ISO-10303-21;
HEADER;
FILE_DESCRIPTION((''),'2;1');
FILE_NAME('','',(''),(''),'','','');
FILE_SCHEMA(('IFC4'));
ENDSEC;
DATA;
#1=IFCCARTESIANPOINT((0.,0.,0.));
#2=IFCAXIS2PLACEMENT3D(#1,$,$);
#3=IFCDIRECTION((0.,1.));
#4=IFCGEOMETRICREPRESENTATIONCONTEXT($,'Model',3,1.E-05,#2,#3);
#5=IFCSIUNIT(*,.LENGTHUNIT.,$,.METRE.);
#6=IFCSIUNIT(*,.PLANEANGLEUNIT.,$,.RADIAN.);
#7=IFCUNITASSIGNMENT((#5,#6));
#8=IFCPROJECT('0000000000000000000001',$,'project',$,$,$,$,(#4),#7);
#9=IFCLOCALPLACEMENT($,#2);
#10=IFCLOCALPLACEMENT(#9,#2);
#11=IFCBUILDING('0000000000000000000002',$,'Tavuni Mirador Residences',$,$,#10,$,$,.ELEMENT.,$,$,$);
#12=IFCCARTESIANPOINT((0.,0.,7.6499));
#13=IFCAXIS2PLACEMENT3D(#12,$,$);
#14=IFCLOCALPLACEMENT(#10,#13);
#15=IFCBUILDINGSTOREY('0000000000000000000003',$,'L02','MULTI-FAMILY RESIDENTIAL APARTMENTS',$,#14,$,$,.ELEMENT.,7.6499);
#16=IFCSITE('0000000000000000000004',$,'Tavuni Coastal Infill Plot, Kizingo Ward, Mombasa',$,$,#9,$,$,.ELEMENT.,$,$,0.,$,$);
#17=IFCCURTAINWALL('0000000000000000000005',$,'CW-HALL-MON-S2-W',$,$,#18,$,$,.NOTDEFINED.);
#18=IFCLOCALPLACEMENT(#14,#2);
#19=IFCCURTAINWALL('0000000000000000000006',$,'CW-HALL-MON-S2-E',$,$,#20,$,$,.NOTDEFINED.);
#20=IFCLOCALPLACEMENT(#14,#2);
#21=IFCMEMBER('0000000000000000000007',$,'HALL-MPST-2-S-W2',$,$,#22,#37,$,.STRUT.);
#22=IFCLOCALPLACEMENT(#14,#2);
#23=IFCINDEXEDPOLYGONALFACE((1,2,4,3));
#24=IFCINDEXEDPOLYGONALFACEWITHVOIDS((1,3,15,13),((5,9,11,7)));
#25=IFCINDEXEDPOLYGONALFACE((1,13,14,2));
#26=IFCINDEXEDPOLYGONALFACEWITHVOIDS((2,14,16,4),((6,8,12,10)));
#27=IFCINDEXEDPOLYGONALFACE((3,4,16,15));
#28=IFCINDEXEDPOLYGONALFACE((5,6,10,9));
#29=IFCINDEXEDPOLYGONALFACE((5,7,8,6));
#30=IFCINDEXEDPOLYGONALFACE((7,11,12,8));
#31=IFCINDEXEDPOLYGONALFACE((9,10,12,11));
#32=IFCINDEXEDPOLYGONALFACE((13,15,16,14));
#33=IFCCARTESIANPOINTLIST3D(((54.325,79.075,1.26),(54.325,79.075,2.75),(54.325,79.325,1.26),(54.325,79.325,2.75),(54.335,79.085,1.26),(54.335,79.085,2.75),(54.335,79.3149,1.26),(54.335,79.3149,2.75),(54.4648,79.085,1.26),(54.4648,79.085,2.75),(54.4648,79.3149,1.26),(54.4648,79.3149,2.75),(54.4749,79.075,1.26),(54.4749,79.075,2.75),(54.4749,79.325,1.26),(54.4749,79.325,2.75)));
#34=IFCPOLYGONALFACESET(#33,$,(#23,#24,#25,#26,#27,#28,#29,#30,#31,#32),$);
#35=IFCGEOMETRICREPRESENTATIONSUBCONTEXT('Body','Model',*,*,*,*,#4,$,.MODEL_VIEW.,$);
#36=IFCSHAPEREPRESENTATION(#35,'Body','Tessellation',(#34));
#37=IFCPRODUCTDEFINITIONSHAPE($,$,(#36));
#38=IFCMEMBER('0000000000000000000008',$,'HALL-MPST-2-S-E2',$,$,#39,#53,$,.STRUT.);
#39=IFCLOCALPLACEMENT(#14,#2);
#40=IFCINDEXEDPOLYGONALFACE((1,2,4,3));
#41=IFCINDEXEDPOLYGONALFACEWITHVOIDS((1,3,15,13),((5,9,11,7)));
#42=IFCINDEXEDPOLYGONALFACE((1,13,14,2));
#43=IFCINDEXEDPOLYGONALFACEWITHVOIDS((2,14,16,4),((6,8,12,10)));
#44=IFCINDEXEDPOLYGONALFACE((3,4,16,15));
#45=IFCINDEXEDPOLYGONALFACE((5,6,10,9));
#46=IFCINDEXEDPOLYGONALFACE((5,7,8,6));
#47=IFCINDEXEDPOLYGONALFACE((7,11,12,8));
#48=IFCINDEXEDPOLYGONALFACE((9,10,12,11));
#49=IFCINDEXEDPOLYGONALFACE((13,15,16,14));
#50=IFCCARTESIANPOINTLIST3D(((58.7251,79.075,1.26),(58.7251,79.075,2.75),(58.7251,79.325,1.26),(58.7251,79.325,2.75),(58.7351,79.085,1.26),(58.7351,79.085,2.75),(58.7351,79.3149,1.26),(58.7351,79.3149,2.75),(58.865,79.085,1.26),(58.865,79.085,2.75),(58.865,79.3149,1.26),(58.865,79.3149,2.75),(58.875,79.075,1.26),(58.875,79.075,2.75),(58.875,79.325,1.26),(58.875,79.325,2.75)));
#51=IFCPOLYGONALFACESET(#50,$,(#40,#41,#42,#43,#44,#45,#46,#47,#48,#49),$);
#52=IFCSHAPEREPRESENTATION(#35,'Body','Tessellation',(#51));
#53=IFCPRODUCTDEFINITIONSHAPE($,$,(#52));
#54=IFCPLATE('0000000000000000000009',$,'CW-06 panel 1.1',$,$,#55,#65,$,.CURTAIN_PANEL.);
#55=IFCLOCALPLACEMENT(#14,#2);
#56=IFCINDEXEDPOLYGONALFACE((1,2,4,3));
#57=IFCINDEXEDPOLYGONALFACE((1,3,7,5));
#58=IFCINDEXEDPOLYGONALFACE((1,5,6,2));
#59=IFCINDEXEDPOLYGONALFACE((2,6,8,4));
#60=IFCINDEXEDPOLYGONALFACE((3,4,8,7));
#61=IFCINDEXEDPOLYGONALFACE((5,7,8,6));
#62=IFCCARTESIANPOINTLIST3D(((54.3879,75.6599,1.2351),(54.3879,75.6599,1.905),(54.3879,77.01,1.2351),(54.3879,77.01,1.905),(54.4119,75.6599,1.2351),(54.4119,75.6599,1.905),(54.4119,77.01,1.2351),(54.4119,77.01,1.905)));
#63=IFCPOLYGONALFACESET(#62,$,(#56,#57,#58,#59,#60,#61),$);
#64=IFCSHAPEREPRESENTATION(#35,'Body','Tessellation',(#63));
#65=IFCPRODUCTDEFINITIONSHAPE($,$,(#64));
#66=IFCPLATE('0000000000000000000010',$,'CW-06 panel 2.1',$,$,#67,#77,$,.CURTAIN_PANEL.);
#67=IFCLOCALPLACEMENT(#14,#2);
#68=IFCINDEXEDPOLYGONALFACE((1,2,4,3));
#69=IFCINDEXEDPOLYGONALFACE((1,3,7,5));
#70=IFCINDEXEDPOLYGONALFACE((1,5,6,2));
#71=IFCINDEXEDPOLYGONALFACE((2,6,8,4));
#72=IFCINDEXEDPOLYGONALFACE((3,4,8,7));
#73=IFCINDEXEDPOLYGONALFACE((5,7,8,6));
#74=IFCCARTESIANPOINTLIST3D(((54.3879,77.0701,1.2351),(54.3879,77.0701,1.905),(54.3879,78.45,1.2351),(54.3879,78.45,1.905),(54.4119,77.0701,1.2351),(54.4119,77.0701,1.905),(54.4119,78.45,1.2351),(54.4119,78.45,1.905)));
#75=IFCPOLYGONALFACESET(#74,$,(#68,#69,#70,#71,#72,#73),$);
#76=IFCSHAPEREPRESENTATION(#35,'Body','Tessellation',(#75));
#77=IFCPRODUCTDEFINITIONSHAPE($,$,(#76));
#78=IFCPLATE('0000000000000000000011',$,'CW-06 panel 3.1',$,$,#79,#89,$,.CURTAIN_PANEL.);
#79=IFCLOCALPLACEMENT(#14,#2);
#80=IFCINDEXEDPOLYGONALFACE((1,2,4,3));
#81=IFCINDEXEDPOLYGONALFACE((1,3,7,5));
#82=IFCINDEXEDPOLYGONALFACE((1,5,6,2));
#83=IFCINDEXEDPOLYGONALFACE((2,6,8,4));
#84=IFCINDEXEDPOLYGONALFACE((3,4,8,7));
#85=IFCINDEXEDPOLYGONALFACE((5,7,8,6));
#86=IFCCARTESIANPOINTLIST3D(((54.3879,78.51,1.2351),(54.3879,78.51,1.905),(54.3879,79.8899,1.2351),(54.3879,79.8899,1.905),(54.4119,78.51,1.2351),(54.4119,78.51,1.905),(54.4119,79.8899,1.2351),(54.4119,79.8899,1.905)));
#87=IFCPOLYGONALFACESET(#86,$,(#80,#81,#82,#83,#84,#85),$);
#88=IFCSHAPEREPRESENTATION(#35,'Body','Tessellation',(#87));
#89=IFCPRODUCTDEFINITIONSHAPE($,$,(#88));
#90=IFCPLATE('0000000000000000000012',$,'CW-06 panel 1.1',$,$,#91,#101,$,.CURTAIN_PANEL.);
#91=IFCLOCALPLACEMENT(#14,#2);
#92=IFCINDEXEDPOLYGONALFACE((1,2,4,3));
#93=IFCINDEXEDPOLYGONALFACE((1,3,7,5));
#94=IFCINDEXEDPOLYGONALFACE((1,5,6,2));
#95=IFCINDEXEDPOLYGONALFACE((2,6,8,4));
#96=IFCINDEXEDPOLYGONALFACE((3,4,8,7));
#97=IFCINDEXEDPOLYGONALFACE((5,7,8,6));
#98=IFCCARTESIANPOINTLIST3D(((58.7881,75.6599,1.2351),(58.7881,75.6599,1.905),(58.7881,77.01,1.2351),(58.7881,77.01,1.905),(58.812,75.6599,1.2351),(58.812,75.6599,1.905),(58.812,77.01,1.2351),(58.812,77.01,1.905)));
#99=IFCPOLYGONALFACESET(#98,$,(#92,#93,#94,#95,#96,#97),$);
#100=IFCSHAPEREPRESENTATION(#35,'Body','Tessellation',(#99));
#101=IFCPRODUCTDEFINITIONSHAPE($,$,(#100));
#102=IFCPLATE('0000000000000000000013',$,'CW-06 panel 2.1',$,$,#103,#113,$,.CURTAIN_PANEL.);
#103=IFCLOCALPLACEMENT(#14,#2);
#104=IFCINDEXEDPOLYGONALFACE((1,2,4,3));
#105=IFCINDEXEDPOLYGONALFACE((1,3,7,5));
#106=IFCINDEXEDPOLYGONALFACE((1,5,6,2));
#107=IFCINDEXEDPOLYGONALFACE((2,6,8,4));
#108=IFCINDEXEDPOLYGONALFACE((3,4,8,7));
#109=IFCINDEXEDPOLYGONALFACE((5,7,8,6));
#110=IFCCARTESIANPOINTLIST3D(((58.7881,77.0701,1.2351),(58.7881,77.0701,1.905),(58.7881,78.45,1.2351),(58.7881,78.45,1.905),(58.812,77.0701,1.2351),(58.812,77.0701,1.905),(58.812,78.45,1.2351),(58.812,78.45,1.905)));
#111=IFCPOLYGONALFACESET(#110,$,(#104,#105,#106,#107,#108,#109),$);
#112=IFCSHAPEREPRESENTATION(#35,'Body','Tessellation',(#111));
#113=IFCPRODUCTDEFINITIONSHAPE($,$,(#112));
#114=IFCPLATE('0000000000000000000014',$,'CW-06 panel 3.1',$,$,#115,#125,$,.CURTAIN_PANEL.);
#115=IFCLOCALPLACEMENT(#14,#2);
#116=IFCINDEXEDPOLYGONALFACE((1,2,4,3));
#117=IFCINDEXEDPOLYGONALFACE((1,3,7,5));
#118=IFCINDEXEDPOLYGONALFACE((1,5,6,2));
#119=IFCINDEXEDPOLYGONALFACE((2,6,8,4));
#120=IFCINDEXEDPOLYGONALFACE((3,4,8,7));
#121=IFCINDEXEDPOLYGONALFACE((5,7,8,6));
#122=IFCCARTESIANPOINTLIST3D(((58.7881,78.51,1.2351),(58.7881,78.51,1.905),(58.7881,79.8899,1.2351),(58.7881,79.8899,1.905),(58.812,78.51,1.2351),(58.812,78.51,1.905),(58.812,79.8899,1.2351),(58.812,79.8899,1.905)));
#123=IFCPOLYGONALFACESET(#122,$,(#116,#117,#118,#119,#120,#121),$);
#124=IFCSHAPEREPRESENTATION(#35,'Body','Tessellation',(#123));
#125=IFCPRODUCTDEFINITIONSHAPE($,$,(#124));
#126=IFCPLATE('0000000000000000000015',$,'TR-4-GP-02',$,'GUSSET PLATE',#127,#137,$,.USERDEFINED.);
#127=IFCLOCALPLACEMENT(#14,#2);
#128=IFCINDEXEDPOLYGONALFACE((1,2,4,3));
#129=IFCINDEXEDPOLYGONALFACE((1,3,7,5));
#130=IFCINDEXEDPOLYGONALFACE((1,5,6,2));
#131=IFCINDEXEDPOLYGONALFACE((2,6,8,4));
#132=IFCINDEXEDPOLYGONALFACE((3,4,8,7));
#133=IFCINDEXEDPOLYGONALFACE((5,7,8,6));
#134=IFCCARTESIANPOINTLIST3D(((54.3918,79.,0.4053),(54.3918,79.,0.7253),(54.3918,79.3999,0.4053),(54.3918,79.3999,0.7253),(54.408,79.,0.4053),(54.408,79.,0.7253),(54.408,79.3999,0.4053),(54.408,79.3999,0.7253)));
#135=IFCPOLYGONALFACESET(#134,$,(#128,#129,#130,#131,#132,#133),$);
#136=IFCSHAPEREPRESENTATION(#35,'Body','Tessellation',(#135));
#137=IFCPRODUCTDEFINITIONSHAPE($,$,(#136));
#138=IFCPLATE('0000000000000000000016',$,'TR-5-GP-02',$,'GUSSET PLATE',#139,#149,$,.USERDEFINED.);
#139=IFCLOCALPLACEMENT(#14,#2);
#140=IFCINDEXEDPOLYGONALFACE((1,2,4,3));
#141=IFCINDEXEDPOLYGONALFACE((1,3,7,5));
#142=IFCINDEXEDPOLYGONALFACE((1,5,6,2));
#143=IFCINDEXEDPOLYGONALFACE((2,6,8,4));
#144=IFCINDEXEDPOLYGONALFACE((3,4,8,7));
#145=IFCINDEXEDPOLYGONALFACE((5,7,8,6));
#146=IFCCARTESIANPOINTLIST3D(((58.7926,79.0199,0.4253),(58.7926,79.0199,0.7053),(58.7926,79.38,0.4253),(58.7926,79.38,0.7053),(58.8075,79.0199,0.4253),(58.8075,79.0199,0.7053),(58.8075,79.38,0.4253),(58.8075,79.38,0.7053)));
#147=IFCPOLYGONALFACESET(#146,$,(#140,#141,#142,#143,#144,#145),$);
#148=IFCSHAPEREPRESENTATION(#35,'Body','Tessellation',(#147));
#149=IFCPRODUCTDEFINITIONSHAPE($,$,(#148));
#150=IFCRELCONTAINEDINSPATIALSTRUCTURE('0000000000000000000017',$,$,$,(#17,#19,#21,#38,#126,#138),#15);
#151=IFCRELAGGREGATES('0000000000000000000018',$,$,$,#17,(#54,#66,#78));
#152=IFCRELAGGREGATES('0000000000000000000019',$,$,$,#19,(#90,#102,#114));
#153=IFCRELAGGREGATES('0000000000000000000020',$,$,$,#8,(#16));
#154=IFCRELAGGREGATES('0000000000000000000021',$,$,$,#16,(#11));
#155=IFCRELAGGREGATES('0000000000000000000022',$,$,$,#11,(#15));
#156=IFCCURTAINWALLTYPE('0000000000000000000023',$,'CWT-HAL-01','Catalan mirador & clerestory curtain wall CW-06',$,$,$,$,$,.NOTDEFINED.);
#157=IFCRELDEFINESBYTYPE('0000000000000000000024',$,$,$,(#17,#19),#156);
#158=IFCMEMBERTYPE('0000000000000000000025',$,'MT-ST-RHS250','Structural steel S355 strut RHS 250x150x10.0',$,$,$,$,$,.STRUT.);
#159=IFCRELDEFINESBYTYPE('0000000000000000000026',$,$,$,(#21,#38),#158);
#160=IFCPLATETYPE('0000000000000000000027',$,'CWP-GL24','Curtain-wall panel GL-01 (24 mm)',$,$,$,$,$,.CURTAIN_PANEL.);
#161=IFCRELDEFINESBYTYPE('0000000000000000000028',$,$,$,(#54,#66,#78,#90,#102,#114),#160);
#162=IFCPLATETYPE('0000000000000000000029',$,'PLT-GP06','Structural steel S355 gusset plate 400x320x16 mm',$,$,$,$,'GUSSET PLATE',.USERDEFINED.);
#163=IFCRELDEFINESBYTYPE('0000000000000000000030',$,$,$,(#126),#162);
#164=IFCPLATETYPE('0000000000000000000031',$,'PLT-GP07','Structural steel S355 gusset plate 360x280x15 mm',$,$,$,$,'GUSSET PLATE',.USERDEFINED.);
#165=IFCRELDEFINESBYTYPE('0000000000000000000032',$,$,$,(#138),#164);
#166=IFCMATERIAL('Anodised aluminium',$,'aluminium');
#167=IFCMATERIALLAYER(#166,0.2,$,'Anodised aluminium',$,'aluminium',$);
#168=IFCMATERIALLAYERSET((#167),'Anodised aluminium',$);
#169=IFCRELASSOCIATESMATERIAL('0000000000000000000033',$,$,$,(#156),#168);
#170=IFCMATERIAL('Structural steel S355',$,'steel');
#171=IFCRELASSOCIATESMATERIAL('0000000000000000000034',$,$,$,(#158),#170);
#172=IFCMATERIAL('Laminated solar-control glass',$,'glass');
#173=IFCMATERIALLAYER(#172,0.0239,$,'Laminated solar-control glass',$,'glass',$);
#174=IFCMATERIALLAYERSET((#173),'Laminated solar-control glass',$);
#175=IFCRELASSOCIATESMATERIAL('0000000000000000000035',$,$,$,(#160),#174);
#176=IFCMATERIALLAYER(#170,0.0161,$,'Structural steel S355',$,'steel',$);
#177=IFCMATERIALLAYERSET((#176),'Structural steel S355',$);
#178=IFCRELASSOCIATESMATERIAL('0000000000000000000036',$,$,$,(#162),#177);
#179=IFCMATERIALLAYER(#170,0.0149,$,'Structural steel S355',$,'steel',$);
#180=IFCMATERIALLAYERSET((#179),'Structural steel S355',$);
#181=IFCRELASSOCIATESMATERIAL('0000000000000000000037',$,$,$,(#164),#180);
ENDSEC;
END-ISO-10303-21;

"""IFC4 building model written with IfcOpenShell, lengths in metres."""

from ifc_helpers import new_model, si_unit, direction, frame, origin, origin_2d, place, context, subcontext, project, spatial, rectangle, hollow_rectangle, extrude, material, layer, layer_set, material_profile, profile_set, type_object, element, aggregate, save


model = new_model("IFC4")

# Units and contexts
model_context = context("Model", 3, precision=1e-05, world=origin(), true_north=direction((0.0, 1.0)))
body_context = subcontext(model_context, "Body", "Model", "MODEL_VIEW")
ifc_project = project(units=[si_unit("LENGTHUNIT", "METRE"), si_unit("PLANEANGLEUNIT", "RADIAN")], contexts=[model_context])

# Site, building, storey
site_placement = place(None, origin())
site = spatial("IfcSite", under=ifc_project, at=site_placement, Name="Tavuni Coastal Infill Plot, Kizingo Ward, Mombasa", CompositionType="ELEMENT", RefElevation=0.0)
building_placement = place(site_placement, origin())
building = spatial("IfcBuilding", under=site, at=building_placement, Name="Tavuni Mirador Residences", CompositionType="ELEMENT")
storey_placement = place(building_placement, frame((0.0, 0.0, 7.6499)))
storey = spatial("IfcBuildingStorey", under=building, at=storey_placement, Name="L02", Description="MULTI-FAMILY RESIDENTIAL APARTMENTS", CompositionType="ELEMENT", Elevation=7.6499)

# Curtain walls
ifc_material_1 = material(Name="Anodised aluminium", Category="aluminium")
ifc_layer_1 = layer(ifc_material_1, 0.2, Name="Anodised aluminium", Category="aluminium")
ifc_layer_set_1 = layer_set([ifc_layer_1], Name="Anodised aluminium")
curtain_wall_type = type_object("IfcCurtainWallType", Name="CWT-HAL-01", Description="Catalan mirador & clerestory curtain wall CW-06", PredefinedType="NOTDEFINED", material=ifc_layer_set_1)
curtain_wall_1_placement = place(storey_placement, origin())
curtain_wall_1 = element("IfcCurtainWall", 1, at=curtain_wall_1_placement, inside=storey, type_object=curtain_wall_type, Name="CW-HALL-MON-S2-W", PredefinedType="NOTDEFINED")
curtain_wall_2_placement = place(storey_placement, origin())
curtain_wall_2 = element("IfcCurtainWall", 2, at=curtain_wall_2_placement, inside=storey, type_object=curtain_wall_type, Name="CW-HALL-MON-S2-E", PredefinedType="NOTDEFINED")

# Members
ifc_material_2 = material(Name="Structural steel S355", Category="steel")
ifc_material_profile_1 = material_profile(ifc_material_2, hollow_rectangle(XDim=0.1499, YDim=0.25, WallThickness=0.01, at=origin_2d()), Name="RHS 250x150x10.0", Category="steel")
ifc_profile_set_1 = profile_set([ifc_material_profile_1], Name="Structural steel S355")
member_type_1 = type_object("IfcMemberType", Name="MT-ST-RHS250", Description="Structural steel S355 strut RHS 250x150x10.0", PredefinedType="STRUT", material=ifc_profile_set_1)
for number, where, z_axis, x_axis, name in (
    (3, (54.3999, 79.2, 1.26), (0.0, 0.0, 1.0), (1.0, 0.0, 0.0), "HALL-MPST-2-S-W2"),
    (4, (58.8, 79.2, 1.26), (0.0, 0.0, 1.0), (1.0, 0.0, 0.0), "HALL-MPST-2-S-E2"),
):
    element("IfcMember", number, at=place(storey_placement, frame(where, z_axis=z_axis, x_axis=x_axis)), inside=storey, type_object=member_type_1, Name=name, PredefinedType="STRUT", context=body_context, shape_type="SweptSolid", body=[
        extrude(hollow_rectangle(XDim=0.1499, YDim=0.25, WallThickness=0.01, at=origin_2d()), origin(), (0.0, 0.0, 1.0), 1.49),
    ])

# Plates
ifc_material_3 = material(Name="Laminated solar-control glass", Category="glass")
ifc_layer_2 = layer(ifc_material_3, 0.0239, Name="Laminated solar-control glass", Category="glass")
ifc_layer_set_2 = layer_set([ifc_layer_2], Name="Laminated solar-control glass")
plate_type_1 = type_object("IfcPlateType", Name="CWP-GL24", Description="Curtain-wall panel GL-01 (24 mm)", PredefinedType="CURTAIN_PANEL", material=ifc_layer_set_2)
plate_1_placement = place(storey_placement, frame((54.3999, 76.335, 1.2351), z_axis=(0.0, 0.0, 1.0), x_axis=(0.0, 1.0, 0.0)))
plate_1 = element("IfcPlate", 5, at=plate_1_placement, type_object=plate_type_1, Name="CW-06 panel 1.1", PredefinedType="CURTAIN_PANEL", context=body_context, shape_type="SweptSolid", body=[
    extrude(rectangle(XDim=1.3501, YDim=0.0239, at=origin_2d()), origin(), (0.0, 0.0, 1.0), 0.6699),
])
plate_2_placement = place(storey_placement, frame((54.3999, 77.76, 1.2351), z_axis=(0.0, 0.0, 1.0), x_axis=(0.0, 1.0, 0.0)))
plate_2 = element("IfcPlate", 6, at=plate_2_placement, type_object=plate_type_1, Name="CW-06 panel 2.1", PredefinedType="CURTAIN_PANEL", context=body_context, shape_type="SweptSolid", body=[
    extrude(rectangle(XDim=1.3799, YDim=0.0239, at=origin_2d()), origin(), (0.0, 0.0, 1.0), 0.6699),
])
plate_3_placement = place(storey_placement, frame((54.3999, 79.2, 1.2351), z_axis=(0.0, 0.0, 1.0), x_axis=(0.0, 1.0, 0.0)))
plate_3 = element("IfcPlate", 7, at=plate_3_placement, type_object=plate_type_1, Name="CW-06 panel 3.1", PredefinedType="CURTAIN_PANEL", context=body_context, shape_type="SweptSolid", body=[
    extrude(rectangle(XDim=1.3799, YDim=0.0239, at=origin_2d()), origin(), (0.0, 0.0, 1.0), 0.6699),
])
aggregate(curtain_wall_1, [plate_1, plate_2, plate_3])
plate_4_placement = place(storey_placement, frame((58.8, 76.335, 1.2351), z_axis=(0.0, 0.0, 1.0), x_axis=(0.0, 1.0, 0.0)))
plate_4 = element("IfcPlate", 8, at=plate_4_placement, type_object=plate_type_1, Name="CW-06 panel 1.1", PredefinedType="CURTAIN_PANEL", context=body_context, shape_type="SweptSolid", body=[
    extrude(rectangle(XDim=1.3501, YDim=0.0239, at=origin_2d()), origin(), (0.0, 0.0, 1.0), 0.6699),
])
plate_5_placement = place(storey_placement, frame((58.8, 77.76, 1.2351), z_axis=(0.0, 0.0, 1.0), x_axis=(0.0, 1.0, 0.0)))
plate_5 = element("IfcPlate", 9, at=plate_5_placement, type_object=plate_type_1, Name="CW-06 panel 2.1", PredefinedType="CURTAIN_PANEL", context=body_context, shape_type="SweptSolid", body=[
    extrude(rectangle(XDim=1.3799, YDim=0.0239, at=origin_2d()), origin(), (0.0, 0.0, 1.0), 0.6699),
])
plate_6_placement = place(storey_placement, frame((58.8, 79.2, 1.2351), z_axis=(0.0, 0.0, 1.0), x_axis=(0.0, 1.0, 0.0)))
plate_6 = element("IfcPlate", 10, at=plate_6_placement, type_object=plate_type_1, Name="CW-06 panel 3.1", PredefinedType="CURTAIN_PANEL", context=body_context, shape_type="SweptSolid", body=[
    extrude(rectangle(XDim=1.3799, YDim=0.0239, at=origin_2d()), origin(), (0.0, 0.0, 1.0), 0.6699),
])
aggregate(curtain_wall_2, [plate_4, plate_5, plate_6])

# Plates
ifc_layer_3 = layer(ifc_material_2, 0.0161, Name="Structural steel S355", Category="steel")
ifc_layer_set_3 = layer_set([ifc_layer_3], Name="Structural steel S355")
plate_type_2 = type_object("IfcPlateType", Name="PLT-GP06", Description="Structural steel S355 gusset plate 400x320x16 mm", ElementType="GUSSET PLATE", PredefinedType="USERDEFINED", material=ifc_layer_set_3)
plate_7_placement = place(storey_placement, frame((54.3999, 79.2, 0.4053), z_axis=(0.0, 0.0, 1.0), x_axis=(0.0, 1.0, 0.0)))
element("IfcPlate", 11, at=plate_7_placement, inside=storey, type_object=plate_type_2, Name="TR-4-GP-02", ObjectType="GUSSET PLATE", PredefinedType="USERDEFINED", context=body_context, shape_type="SweptSolid", body=[
    extrude(rectangle(XDim=0.3999, YDim=0.0161, at=origin_2d()), origin(), (0.0, 0.0, 1.0), 0.3201),
])
ifc_layer_4 = layer(ifc_material_2, 0.0149, Name="Structural steel S355", Category="steel")
ifc_layer_set_4 = layer_set([ifc_layer_4], Name="Structural steel S355")
plate_type_3 = type_object("IfcPlateType", Name="PLT-GP07", Description="Structural steel S355 gusset plate 360x280x15 mm", ElementType="GUSSET PLATE", PredefinedType="USERDEFINED", material=ifc_layer_set_4)
plate_8_placement = place(storey_placement, frame((58.8, 79.2, 0.4253), z_axis=(0.0, 0.0, 1.0), x_axis=(0.0, 1.0, 0.0)))
element("IfcPlate", 12, at=plate_8_placement, inside=storey, type_object=plate_type_3, Name="TR-5-GP-02", ObjectType="GUSSET PLATE", PredefinedType="USERDEFINED", context=body_context, shape_type="SweptSolid", body=[
    extrude(rectangle(XDim=0.3601, YDim=0.0149, at=origin_2d()), origin(), (0.0, 0.0, 1.0), 0.28),
])

save(model, "model.ifc")
